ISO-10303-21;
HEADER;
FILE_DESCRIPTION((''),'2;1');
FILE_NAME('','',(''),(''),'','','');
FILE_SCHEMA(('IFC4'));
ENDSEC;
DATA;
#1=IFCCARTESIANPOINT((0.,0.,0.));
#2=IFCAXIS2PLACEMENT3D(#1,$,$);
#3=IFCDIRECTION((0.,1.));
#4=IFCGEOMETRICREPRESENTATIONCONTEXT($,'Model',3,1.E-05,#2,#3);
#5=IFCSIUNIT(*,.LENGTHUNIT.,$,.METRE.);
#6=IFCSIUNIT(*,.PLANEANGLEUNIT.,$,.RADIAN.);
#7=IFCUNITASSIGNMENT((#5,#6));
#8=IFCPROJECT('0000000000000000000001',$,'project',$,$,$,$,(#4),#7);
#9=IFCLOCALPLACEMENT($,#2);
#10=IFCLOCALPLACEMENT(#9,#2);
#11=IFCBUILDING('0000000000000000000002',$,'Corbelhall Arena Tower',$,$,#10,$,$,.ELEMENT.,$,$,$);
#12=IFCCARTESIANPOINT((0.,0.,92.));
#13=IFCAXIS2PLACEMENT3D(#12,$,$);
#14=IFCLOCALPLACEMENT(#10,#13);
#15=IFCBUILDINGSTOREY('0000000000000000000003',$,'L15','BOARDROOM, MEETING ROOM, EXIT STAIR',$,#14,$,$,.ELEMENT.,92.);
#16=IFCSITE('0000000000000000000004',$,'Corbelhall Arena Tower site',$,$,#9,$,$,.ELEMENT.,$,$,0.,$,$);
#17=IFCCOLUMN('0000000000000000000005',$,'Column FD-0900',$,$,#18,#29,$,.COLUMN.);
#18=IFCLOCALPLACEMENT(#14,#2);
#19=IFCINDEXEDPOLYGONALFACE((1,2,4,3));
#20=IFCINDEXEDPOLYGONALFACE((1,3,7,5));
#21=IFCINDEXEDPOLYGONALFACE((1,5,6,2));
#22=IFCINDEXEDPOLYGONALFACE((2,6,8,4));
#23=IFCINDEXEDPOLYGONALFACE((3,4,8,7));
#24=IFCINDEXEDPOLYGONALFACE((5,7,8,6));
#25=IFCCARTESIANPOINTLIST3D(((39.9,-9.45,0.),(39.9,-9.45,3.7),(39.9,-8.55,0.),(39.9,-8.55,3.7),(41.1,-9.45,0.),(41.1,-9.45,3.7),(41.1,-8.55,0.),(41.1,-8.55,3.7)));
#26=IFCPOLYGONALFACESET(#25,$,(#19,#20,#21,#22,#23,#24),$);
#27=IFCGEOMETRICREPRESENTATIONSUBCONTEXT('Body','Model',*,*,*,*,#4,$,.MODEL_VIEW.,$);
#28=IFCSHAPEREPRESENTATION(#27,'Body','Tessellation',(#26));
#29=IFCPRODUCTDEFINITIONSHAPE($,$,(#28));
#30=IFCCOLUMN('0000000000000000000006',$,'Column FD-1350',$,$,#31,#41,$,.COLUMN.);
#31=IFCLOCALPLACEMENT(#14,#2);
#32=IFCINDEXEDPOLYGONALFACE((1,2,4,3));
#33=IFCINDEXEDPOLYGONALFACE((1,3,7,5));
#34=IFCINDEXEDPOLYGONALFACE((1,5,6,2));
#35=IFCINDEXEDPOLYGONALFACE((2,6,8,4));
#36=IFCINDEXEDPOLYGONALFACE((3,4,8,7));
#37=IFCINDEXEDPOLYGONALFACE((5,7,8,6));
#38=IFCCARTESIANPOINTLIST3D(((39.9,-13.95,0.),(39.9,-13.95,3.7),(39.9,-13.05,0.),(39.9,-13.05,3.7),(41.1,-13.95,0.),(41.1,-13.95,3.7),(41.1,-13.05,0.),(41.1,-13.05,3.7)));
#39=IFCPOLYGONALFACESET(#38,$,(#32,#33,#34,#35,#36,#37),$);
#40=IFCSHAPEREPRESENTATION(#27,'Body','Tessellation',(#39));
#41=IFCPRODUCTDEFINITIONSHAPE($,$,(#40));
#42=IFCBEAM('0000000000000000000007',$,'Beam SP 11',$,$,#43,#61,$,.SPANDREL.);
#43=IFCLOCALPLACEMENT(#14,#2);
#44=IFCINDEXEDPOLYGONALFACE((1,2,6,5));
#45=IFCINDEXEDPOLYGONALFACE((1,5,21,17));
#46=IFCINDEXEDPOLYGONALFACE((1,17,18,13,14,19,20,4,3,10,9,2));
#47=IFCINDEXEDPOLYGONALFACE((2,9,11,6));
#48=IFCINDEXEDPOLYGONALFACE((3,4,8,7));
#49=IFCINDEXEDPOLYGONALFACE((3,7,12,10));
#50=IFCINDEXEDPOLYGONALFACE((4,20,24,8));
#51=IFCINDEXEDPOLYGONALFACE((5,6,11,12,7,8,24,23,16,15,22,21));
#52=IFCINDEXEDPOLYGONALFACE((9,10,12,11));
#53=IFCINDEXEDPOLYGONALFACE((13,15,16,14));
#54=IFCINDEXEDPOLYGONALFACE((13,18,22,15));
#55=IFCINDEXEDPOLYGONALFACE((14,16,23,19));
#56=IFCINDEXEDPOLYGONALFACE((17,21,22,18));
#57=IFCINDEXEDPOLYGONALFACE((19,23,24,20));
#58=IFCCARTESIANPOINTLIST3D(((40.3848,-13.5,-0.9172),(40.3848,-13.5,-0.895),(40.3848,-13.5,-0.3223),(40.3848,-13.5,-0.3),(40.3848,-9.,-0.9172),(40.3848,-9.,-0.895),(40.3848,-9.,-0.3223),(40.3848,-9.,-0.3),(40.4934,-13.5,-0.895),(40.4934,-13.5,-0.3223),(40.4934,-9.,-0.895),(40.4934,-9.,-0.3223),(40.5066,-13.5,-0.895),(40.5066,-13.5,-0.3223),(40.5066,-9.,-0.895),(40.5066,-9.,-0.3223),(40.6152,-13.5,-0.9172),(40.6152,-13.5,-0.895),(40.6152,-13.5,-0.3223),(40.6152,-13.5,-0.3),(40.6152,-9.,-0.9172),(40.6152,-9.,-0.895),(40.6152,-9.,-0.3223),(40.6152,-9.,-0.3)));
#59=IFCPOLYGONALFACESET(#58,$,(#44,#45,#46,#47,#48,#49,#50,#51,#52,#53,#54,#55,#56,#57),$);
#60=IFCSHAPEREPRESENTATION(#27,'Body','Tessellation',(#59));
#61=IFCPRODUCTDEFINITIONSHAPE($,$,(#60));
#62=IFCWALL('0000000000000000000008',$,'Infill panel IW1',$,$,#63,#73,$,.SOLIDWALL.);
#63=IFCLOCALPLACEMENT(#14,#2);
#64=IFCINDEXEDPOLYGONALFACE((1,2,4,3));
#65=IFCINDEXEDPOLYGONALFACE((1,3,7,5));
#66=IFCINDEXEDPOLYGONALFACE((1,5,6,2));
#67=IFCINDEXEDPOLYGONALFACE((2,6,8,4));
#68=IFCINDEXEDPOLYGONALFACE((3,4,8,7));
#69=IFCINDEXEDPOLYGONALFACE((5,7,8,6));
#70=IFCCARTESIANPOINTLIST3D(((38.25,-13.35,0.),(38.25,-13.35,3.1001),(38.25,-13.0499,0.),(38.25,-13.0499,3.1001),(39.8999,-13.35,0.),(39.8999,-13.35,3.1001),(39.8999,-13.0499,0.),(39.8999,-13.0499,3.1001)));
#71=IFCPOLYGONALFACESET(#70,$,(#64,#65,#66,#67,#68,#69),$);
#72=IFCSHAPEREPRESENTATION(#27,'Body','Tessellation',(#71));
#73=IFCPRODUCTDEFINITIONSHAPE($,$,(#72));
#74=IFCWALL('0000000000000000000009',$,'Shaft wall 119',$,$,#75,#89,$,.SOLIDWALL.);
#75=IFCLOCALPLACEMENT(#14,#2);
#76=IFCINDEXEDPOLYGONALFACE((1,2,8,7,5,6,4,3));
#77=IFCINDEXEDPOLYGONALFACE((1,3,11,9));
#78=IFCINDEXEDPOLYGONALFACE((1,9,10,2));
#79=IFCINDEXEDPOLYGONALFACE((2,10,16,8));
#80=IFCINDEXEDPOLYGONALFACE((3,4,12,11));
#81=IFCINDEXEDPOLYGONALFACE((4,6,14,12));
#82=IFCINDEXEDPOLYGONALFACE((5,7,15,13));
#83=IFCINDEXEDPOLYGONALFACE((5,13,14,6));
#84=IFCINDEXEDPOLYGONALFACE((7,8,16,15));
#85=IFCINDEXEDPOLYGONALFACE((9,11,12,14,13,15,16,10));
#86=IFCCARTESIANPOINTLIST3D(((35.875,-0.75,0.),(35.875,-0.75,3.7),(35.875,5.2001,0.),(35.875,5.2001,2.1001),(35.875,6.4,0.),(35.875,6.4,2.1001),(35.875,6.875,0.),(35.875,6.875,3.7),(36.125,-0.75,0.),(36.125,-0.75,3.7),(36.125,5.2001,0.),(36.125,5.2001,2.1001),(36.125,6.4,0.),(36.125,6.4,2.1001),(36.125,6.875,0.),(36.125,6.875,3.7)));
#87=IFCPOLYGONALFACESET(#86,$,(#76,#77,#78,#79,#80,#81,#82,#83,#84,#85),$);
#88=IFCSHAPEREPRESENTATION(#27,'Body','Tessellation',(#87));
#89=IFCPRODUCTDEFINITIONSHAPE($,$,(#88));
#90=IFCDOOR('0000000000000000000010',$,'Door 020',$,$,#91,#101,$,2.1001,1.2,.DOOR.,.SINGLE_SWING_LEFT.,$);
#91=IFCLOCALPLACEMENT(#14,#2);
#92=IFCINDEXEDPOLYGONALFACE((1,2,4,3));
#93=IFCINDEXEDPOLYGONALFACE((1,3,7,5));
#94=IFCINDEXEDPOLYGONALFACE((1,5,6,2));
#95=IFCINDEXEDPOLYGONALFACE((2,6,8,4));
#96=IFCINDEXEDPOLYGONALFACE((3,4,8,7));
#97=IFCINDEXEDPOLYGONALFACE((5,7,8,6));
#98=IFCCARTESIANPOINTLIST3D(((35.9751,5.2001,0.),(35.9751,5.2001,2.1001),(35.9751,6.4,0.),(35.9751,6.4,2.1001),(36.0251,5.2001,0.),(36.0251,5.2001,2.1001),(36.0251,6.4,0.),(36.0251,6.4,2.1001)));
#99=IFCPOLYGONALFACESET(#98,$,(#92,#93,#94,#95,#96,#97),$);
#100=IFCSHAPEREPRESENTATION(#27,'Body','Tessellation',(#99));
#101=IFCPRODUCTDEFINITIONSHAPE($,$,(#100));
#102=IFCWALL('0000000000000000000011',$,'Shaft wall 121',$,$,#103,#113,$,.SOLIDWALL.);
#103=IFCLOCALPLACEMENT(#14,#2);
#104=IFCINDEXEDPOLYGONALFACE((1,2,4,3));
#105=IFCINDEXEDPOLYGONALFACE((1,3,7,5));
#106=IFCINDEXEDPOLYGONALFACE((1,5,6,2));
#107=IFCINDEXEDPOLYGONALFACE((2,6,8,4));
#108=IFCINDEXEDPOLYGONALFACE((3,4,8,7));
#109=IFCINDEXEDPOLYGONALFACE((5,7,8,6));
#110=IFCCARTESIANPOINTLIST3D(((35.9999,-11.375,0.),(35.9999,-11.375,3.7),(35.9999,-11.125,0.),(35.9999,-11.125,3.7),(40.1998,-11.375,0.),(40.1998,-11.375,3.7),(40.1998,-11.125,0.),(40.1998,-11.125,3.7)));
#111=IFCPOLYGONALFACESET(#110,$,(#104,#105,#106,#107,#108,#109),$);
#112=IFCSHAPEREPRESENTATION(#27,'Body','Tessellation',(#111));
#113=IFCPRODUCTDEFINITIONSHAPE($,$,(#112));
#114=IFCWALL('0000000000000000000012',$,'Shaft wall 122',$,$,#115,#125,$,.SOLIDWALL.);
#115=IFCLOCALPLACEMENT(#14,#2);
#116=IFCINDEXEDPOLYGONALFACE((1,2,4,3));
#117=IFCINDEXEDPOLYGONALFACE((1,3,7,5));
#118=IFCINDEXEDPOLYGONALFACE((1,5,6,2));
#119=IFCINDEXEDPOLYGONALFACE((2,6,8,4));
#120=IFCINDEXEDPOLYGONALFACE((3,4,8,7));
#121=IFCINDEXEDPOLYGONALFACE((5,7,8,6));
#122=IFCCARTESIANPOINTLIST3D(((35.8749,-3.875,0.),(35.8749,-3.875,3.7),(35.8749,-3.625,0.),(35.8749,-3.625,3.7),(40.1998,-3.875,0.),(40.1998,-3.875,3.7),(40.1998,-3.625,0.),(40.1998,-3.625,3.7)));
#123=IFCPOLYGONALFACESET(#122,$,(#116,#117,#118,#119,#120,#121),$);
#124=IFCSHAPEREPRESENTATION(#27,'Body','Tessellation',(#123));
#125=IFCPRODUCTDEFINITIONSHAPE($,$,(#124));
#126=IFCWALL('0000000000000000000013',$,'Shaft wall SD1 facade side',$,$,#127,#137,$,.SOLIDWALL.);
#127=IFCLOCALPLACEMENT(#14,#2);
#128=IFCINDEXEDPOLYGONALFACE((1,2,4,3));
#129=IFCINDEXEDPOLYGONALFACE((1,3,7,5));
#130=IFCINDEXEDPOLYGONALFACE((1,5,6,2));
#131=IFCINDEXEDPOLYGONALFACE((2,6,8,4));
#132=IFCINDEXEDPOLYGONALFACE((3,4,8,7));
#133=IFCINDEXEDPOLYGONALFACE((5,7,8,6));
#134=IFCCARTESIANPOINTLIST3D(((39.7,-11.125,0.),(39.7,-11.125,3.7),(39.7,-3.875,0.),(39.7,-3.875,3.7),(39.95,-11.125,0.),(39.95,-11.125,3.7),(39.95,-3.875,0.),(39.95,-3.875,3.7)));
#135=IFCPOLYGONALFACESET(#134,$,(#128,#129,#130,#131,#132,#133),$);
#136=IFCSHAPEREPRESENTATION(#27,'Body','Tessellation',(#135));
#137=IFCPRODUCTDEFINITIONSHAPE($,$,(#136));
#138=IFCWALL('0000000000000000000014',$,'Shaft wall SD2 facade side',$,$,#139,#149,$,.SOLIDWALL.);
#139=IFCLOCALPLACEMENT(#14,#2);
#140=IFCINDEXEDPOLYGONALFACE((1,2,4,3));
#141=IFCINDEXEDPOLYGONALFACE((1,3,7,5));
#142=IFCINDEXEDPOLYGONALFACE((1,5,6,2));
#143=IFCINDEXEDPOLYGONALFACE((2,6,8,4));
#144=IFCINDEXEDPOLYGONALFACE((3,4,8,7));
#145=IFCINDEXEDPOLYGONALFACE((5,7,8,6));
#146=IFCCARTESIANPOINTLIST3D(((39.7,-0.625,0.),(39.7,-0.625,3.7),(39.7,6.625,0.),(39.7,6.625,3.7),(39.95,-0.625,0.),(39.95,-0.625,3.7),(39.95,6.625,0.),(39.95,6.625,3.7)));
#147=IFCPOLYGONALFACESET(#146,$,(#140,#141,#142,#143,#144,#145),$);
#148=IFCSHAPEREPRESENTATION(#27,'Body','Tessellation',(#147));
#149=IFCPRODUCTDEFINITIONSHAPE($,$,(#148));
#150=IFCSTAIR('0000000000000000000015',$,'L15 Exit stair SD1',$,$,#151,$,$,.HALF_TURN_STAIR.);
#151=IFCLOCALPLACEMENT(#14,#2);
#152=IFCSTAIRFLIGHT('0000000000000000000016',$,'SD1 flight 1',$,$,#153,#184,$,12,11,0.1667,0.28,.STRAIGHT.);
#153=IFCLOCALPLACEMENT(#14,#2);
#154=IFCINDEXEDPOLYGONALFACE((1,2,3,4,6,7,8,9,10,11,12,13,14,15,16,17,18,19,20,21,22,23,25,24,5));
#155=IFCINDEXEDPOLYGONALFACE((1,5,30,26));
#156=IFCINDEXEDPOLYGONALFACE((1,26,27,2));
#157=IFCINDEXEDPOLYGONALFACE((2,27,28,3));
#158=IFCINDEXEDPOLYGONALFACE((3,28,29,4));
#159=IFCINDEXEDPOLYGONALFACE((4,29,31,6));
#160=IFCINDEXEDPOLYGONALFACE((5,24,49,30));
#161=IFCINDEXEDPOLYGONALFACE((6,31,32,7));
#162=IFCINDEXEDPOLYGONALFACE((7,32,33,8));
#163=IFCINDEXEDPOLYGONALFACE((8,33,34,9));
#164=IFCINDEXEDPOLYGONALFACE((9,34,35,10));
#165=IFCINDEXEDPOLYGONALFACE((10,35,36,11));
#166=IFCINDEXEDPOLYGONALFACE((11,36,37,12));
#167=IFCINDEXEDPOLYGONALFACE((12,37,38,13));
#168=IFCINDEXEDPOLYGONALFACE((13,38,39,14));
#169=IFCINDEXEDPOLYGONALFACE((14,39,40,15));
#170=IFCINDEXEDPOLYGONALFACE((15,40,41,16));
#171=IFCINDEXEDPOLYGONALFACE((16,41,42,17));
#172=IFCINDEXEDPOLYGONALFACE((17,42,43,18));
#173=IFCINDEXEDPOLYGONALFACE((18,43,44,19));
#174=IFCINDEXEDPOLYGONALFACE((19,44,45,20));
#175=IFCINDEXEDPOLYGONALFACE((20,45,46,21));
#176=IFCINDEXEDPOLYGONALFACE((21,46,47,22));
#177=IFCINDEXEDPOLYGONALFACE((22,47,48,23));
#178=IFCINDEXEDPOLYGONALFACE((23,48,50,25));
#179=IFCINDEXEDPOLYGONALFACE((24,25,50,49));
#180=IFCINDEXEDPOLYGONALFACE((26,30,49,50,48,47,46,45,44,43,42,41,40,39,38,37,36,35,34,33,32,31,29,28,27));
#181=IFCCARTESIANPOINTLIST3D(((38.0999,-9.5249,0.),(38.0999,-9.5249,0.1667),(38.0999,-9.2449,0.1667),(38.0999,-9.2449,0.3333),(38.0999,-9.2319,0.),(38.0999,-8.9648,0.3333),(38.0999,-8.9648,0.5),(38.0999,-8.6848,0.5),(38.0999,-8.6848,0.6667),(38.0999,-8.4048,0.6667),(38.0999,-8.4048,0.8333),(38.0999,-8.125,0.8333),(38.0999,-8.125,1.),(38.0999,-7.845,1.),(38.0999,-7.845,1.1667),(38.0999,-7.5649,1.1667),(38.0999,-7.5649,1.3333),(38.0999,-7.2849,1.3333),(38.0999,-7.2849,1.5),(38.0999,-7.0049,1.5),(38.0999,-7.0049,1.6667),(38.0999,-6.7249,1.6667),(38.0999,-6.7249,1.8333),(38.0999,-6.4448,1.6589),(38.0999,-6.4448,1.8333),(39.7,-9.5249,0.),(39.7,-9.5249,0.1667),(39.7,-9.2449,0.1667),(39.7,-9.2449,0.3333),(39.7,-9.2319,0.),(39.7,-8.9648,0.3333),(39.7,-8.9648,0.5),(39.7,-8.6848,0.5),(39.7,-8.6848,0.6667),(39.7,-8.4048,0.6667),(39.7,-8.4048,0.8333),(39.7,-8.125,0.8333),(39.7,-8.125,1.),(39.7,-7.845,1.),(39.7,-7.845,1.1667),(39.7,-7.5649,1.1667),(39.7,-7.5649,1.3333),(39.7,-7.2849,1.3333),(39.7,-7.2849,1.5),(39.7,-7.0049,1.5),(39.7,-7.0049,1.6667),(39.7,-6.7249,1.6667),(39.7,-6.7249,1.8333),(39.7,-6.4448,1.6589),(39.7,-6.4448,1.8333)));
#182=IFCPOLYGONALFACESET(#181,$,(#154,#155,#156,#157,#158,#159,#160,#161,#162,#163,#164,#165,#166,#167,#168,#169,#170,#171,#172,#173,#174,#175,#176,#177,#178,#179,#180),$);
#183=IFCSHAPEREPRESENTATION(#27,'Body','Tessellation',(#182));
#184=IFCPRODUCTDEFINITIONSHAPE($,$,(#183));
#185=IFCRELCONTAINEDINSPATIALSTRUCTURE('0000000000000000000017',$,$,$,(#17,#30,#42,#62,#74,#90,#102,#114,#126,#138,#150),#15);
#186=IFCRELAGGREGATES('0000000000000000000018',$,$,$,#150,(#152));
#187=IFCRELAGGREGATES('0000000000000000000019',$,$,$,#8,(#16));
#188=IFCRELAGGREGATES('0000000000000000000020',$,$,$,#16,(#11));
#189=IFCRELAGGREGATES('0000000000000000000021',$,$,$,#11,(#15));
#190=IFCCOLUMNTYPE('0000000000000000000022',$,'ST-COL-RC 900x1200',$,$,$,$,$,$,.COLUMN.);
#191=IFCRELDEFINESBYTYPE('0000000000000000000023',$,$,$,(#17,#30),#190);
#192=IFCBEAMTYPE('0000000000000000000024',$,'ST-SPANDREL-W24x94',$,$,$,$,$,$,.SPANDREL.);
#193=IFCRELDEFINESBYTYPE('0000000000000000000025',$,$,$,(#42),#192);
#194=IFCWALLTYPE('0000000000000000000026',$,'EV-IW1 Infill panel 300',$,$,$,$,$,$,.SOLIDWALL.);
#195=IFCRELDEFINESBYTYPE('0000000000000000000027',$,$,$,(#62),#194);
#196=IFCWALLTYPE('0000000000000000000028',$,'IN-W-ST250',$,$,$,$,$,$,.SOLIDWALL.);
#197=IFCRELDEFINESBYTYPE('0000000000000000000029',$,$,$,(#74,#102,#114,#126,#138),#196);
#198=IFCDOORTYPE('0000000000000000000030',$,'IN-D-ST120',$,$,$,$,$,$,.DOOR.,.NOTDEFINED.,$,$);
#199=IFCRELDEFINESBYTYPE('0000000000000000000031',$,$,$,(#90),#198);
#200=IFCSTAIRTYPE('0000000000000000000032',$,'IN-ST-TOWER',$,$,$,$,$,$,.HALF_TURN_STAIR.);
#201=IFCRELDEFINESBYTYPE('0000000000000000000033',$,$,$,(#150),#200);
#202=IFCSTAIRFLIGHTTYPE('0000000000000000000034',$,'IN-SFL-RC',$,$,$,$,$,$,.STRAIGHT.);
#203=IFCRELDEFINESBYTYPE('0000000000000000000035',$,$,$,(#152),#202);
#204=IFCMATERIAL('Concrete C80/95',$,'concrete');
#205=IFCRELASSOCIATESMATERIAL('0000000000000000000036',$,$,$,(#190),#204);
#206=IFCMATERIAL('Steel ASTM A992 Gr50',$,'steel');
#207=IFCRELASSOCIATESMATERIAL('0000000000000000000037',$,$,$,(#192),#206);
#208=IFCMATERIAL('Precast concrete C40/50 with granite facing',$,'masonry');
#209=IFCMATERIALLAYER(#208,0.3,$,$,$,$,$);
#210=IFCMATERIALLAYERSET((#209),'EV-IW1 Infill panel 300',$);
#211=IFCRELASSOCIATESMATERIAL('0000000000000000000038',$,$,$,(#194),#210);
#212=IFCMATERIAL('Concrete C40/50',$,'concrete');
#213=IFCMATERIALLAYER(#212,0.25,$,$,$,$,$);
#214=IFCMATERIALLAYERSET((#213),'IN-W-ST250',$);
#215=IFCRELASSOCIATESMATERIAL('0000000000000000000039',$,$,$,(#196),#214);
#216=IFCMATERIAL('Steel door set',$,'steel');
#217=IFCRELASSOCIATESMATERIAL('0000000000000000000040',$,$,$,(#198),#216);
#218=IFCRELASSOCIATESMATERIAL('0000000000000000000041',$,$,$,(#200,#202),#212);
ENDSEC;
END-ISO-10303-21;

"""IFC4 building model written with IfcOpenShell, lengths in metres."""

from ifc_helpers import new_model, si_unit, direction, frame, frame_2d, origin, origin_2d, place, context, subcontext, project, spatial, polyline, rectangle, i_section, outline, extrude, material, layer, layer_set, material_profile, profile_set, type_object, element, fill, aggregate, save


model = new_model("IFC4")

# Units and contexts
model_context = context("Model", 3, precision=1e-05, world=origin(), true_north=direction((0.0, 1.0)))
body_context = subcontext(model_context, "Body", "Model", "MODEL_VIEW")
ifc_project = project(units=[si_unit("LENGTHUNIT", "METRE"), si_unit("PLANEANGLEUNIT", "RADIAN")], contexts=[model_context])

# Site, building, storey
site_placement = place(None, origin())
site = spatial("IfcSite", under=ifc_project, at=site_placement, Name="Corbelhall Arena Tower site", CompositionType="ELEMENT", RefElevation=0.0)
building_placement = place(site_placement, origin())
building = spatial("IfcBuilding", under=site, at=building_placement, Name="Corbelhall Arena Tower", CompositionType="ELEMENT")
storey_placement = place(building_placement, frame((0.0, 0.0, 92.0)))
storey = spatial("IfcBuildingStorey", under=building, at=storey_placement, Name="L15", Description="BOARDROOM, MEETING ROOM, EXIT STAIR", CompositionType="ELEMENT", Elevation=92.0)

# Columns
ifc_material_1 = material(Name="Concrete C80/95", Category="concrete")
ifc_material_profile_1 = material_profile(ifc_material_1, rectangle(XDim=0.8999, YDim=1.2, at=origin_2d()))
ifc_profile_set_1 = profile_set([ifc_material_profile_1], Name="Concrete C80/95")
column_type = type_object("IfcColumnType", Name="ST-COL-RC 900x1200", PredefinedType="COLUMN", material=ifc_profile_set_1)
for number, where, z_axis, x_axis, name in (
    (1, (40.5, -9.0, 0.0), (0.0, 0.0, 1.0), (0.0, 1.0, 0.0), "Column FD-0900"),
    (2, (40.5, -13.5, 0.0), (0.0, 0.0, 1.0), (0.0, 1.0, 0.0), "Column FD-1350"),
):
    element("IfcColumn", number, at=place(storey_placement, frame(where, z_axis=z_axis, x_axis=x_axis)), inside=storey, type_object=column_type, Name=name, PredefinedType="COLUMN", context=body_context, shape_type="SweptSolid", body=[
        extrude(rectangle(XDim=0.8999, YDim=1.2, at=origin_2d()), origin(), (0.0, 0.0, 1.0), 3.7),
    ])

# Beam
ifc_material_2 = material(Name="Steel ASTM A992 Gr50", Category="steel")
ifc_material_profile_2 = material_profile(ifc_material_2, i_section(OverallWidth=0.2305, OverallDepth=0.6172, WebThickness=0.0132, FlangeThickness=0.0222, at=origin_2d()))
ifc_profile_set_2 = profile_set([ifc_material_profile_2], Name="Steel ASTM A992 Gr50")
beam_type = type_object("IfcBeamType", Name="ST-SPANDREL-W24x94", PredefinedType="SPANDREL", material=ifc_profile_set_2)
beam_placement = place(storey_placement, frame((40.5, -9.0, -0.6086), z_axis=(0.0, -1.0, 0.0), x_axis=(1.0, 0.0, 0.0)))
element("IfcBeam", 3, at=beam_placement, inside=storey, type_object=beam_type, Name="Beam SP 11", PredefinedType="SPANDREL", context=body_context, shape_type="SweptSolid", body=[
    extrude(i_section(OverallWidth=0.2305, OverallDepth=0.6172, WebThickness=0.0132, FlangeThickness=0.0222, at=origin_2d()), origin(), (0.0, 0.0, 1.0), 4.5),
])

# Wall
ifc_material_3 = material(Name="Precast concrete C40/50 with granite facing", Category="masonry")
ifc_layer_1 = layer(ifc_material_3, 0.3)
ifc_layer_set_1 = layer_set([ifc_layer_1], Name="EV-IW1 Infill panel 300")
wall_type_1 = type_object("IfcWallType", Name="EV-IW1 Infill panel 300", PredefinedType="SOLIDWALL", material=ifc_layer_set_1)
wall_1_placement = place(storey_placement, frame((39.8999, -13.2, 0.0), z_axis=(0.0, 0.0, 1.0), x_axis=(-1.0, 0.0, 0.0)))
element("IfcWall", 4, at=wall_1_placement, inside=storey, type_object=wall_type_1, Name="Infill panel IW1", PredefinedType="SOLIDWALL", context=body_context, shape_type="SweptSolid", body=[
    extrude(rectangle(XDim=1.6499, YDim=0.3, at=frame_2d((0.825, 0.0))), origin(), (0.0, 0.0, 1.0), 3.1001),
])

# Wall, opening, door
ifc_material_4 = material(Name="Concrete C40/50", Category="concrete")
ifc_layer_2 = layer(ifc_material_4, 0.25)
ifc_layer_set_2 = layer_set([ifc_layer_2], Name="IN-W-ST250")
wall_type_2 = type_object("IfcWallType", Name="IN-W-ST250", PredefinedType="SOLIDWALL", material=ifc_layer_set_2)
wall_2_placement = place(storey_placement, frame((36.0, -0.75, 0.0), z_axis=(0.0, 0.0, 1.0), x_axis=(0.0, 1.0, 0.0)))
wall_2 = element("IfcWall", 5, at=wall_2_placement, inside=storey, type_object=wall_type_2, Name="Shaft wall 119", PredefinedType="SOLIDWALL", context=body_context, shape_type="SweptSolid", body=[
    extrude(rectangle(XDim=7.625, YDim=0.25, at=frame_2d((3.8125, 0.0))), origin(), (0.0, 0.0, 1.0), 3.7),
])
opening_1_placement = place(wall_2_placement, frame((5.95, 0.0, 0.0)))
opening_1 = element("IfcOpeningElement", 6, at=opening_1_placement, cuts=wall_2, PredefinedType="OPENING", context=body_context, shape_type="SweptSolid", body=[
    extrude(rectangle(XDim=1.2, YDim=2.1001, at=frame_2d((0.6001, 1.05))), frame((0.0, 0.125, 0.0), z_axis=(0.0, -1.0, 0.0), x_axis=(1.0, 0.0, 0.0)), (0.0, 0.0, 1.0), 0.25),
])
ifc_material_5 = material(Name="Steel door set", Category="steel")
door_type = type_object("IfcDoorType", Name="IN-D-ST120", OperationType="NOTDEFINED", PredefinedType="DOOR", material=ifc_material_5)
door_placement = place(opening_1_placement, origin())
door = element("IfcDoor", 7, at=door_placement, inside=storey, type_object=door_type, Name="Door 020", OperationType="SINGLE_SWING_LEFT", OverallHeight=2.1001, OverallWidth=1.2, PredefinedType="DOOR", context=body_context, shape_type="SweptSolid", body=[
    extrude(rectangle(XDim=1.2, YDim=2.1001, at=frame_2d((0.6001, 1.05))), frame((0.0, 0.0249, 0.0), z_axis=(0.0, -1.0, 0.0), x_axis=(1.0, 0.0, 0.0)), (0.0, 0.0, 1.0), 0.05),
])
fill(opening_1, door)

# Walls
wall_3_placement = place(storey_placement, frame((40.2, -11.25, 0.0), z_axis=(0.0, 0.0, 1.0), x_axis=(-1.0, 0.0, 0.0)))
element("IfcWall", 8, at=wall_3_placement, inside=storey, type_object=wall_type_2, Name="Shaft wall 121", PredefinedType="SOLIDWALL", context=body_context, shape_type="SweptSolid", body=[
    extrude(rectangle(XDim=4.2, YDim=0.25, at=frame_2d((2.1001, 0.0))), origin(), (0.0, 0.0, 1.0), 3.7),
])
wall_4_placement = place(storey_placement, frame((40.2, -3.75, 0.0), z_axis=(0.0, 0.0, 1.0), x_axis=(-1.0, 0.0, 0.0)))
element("IfcWall", 9, at=wall_4_placement, inside=storey, type_object=wall_type_2, Name="Shaft wall 122", PredefinedType="SOLIDWALL", context=body_context, shape_type="SweptSolid", body=[
    extrude(rectangle(XDim=4.325, YDim=0.25, at=frame_2d((2.1626, 0.0))), origin(), (0.0, 0.0, 1.0), 3.7),
])
for number, where, z_axis, x_axis, name in (
    (10, (39.825, -11.125, 0.0), (0.0, 0.0, 1.0), (0.0, 1.0, 0.0), "Shaft wall SD1 facade side"),
    (11, (39.825, -0.625, 0.0), (0.0, 0.0, 1.0), (0.0, 1.0, 0.0), "Shaft wall SD2 facade side"),
):
    element("IfcWall", number, at=place(storey_placement, frame(where, z_axis=z_axis, x_axis=x_axis)), inside=storey, type_object=wall_type_2, Name=name, PredefinedType="SOLIDWALL", context=body_context, shape_type="SweptSolid", body=[
        extrude(rectangle(XDim=7.25, YDim=0.25, at=frame_2d((3.625, 0.0))), origin(), (0.0, 0.0, 1.0), 3.7),
    ])

# Stair, stair flight
stair_type = type_object("IfcStairType", Name="IN-ST-TOWER", PredefinedType="HALF_TURN_STAIR", material=ifc_material_4)
stair_placement = place(storey_placement, origin())
stair = element("IfcStair", 12, at=stair_placement, inside=storey, type_object=stair_type, Name="L15 Exit stair SD1", PredefinedType="HALF_TURN_STAIR")
stair_flight_type = type_object("IfcStairFlightType", Name="IN-SFL-RC", PredefinedType="STRAIGHT", material=ifc_material_4)
stair_flight_1_placement = place(storey_placement, frame((38.8999, -9.5249, 0.0), z_axis=(0.0, 0.0, 1.0), x_axis=(0.0, 1.0, 0.0)))
stair_flight_1 = element("IfcStairFlight", 13, at=stair_flight_1_placement, type_object=stair_flight_type, Name="SD1 flight 1", NumberOfRisers=12, NumberOfTreads=11, PredefinedType="STRAIGHT", RiserHeight=0.1667, TreadLength=0.28, context=body_context, shape_type="SweptSolid", body=[
    extrude(outline(polyline([(0.0, 0.0), (0.0, 0.1667), (0.28, 0.1667), (0.28, 0.3333), (0.5601, 0.3333), (0.5601, 0.5), (0.8401, 0.5), (0.8401, 0.6667), (1.1201, 0.6667), (1.1201, 0.8333), (1.3999, 0.8333), (1.3999, 1.0), (1.6799, 1.0), (1.6799, 1.1667), (1.96, 1.1667), (1.96, 1.3333), (2.24, 1.3333), (2.24, 1.5), (2.52, 1.5), (2.52, 1.6667), (2.8, 1.6667), (2.8, 1.8333), (3.0801, 1.8333), (3.0801, 2.0), (3.0801, 1.6589), (0.293, 0.0), (0.0, 0.0)])), frame((0.0, 0.8, 0.0), z_axis=(0.0, -1.0, 0.0), x_axis=(1.0, 0.0, 0.0)), (0.0, 0.0, 1.0), 1.6001),
])
aggregate(stair, [stair_flight_1])

save(model, "model.ifc")
